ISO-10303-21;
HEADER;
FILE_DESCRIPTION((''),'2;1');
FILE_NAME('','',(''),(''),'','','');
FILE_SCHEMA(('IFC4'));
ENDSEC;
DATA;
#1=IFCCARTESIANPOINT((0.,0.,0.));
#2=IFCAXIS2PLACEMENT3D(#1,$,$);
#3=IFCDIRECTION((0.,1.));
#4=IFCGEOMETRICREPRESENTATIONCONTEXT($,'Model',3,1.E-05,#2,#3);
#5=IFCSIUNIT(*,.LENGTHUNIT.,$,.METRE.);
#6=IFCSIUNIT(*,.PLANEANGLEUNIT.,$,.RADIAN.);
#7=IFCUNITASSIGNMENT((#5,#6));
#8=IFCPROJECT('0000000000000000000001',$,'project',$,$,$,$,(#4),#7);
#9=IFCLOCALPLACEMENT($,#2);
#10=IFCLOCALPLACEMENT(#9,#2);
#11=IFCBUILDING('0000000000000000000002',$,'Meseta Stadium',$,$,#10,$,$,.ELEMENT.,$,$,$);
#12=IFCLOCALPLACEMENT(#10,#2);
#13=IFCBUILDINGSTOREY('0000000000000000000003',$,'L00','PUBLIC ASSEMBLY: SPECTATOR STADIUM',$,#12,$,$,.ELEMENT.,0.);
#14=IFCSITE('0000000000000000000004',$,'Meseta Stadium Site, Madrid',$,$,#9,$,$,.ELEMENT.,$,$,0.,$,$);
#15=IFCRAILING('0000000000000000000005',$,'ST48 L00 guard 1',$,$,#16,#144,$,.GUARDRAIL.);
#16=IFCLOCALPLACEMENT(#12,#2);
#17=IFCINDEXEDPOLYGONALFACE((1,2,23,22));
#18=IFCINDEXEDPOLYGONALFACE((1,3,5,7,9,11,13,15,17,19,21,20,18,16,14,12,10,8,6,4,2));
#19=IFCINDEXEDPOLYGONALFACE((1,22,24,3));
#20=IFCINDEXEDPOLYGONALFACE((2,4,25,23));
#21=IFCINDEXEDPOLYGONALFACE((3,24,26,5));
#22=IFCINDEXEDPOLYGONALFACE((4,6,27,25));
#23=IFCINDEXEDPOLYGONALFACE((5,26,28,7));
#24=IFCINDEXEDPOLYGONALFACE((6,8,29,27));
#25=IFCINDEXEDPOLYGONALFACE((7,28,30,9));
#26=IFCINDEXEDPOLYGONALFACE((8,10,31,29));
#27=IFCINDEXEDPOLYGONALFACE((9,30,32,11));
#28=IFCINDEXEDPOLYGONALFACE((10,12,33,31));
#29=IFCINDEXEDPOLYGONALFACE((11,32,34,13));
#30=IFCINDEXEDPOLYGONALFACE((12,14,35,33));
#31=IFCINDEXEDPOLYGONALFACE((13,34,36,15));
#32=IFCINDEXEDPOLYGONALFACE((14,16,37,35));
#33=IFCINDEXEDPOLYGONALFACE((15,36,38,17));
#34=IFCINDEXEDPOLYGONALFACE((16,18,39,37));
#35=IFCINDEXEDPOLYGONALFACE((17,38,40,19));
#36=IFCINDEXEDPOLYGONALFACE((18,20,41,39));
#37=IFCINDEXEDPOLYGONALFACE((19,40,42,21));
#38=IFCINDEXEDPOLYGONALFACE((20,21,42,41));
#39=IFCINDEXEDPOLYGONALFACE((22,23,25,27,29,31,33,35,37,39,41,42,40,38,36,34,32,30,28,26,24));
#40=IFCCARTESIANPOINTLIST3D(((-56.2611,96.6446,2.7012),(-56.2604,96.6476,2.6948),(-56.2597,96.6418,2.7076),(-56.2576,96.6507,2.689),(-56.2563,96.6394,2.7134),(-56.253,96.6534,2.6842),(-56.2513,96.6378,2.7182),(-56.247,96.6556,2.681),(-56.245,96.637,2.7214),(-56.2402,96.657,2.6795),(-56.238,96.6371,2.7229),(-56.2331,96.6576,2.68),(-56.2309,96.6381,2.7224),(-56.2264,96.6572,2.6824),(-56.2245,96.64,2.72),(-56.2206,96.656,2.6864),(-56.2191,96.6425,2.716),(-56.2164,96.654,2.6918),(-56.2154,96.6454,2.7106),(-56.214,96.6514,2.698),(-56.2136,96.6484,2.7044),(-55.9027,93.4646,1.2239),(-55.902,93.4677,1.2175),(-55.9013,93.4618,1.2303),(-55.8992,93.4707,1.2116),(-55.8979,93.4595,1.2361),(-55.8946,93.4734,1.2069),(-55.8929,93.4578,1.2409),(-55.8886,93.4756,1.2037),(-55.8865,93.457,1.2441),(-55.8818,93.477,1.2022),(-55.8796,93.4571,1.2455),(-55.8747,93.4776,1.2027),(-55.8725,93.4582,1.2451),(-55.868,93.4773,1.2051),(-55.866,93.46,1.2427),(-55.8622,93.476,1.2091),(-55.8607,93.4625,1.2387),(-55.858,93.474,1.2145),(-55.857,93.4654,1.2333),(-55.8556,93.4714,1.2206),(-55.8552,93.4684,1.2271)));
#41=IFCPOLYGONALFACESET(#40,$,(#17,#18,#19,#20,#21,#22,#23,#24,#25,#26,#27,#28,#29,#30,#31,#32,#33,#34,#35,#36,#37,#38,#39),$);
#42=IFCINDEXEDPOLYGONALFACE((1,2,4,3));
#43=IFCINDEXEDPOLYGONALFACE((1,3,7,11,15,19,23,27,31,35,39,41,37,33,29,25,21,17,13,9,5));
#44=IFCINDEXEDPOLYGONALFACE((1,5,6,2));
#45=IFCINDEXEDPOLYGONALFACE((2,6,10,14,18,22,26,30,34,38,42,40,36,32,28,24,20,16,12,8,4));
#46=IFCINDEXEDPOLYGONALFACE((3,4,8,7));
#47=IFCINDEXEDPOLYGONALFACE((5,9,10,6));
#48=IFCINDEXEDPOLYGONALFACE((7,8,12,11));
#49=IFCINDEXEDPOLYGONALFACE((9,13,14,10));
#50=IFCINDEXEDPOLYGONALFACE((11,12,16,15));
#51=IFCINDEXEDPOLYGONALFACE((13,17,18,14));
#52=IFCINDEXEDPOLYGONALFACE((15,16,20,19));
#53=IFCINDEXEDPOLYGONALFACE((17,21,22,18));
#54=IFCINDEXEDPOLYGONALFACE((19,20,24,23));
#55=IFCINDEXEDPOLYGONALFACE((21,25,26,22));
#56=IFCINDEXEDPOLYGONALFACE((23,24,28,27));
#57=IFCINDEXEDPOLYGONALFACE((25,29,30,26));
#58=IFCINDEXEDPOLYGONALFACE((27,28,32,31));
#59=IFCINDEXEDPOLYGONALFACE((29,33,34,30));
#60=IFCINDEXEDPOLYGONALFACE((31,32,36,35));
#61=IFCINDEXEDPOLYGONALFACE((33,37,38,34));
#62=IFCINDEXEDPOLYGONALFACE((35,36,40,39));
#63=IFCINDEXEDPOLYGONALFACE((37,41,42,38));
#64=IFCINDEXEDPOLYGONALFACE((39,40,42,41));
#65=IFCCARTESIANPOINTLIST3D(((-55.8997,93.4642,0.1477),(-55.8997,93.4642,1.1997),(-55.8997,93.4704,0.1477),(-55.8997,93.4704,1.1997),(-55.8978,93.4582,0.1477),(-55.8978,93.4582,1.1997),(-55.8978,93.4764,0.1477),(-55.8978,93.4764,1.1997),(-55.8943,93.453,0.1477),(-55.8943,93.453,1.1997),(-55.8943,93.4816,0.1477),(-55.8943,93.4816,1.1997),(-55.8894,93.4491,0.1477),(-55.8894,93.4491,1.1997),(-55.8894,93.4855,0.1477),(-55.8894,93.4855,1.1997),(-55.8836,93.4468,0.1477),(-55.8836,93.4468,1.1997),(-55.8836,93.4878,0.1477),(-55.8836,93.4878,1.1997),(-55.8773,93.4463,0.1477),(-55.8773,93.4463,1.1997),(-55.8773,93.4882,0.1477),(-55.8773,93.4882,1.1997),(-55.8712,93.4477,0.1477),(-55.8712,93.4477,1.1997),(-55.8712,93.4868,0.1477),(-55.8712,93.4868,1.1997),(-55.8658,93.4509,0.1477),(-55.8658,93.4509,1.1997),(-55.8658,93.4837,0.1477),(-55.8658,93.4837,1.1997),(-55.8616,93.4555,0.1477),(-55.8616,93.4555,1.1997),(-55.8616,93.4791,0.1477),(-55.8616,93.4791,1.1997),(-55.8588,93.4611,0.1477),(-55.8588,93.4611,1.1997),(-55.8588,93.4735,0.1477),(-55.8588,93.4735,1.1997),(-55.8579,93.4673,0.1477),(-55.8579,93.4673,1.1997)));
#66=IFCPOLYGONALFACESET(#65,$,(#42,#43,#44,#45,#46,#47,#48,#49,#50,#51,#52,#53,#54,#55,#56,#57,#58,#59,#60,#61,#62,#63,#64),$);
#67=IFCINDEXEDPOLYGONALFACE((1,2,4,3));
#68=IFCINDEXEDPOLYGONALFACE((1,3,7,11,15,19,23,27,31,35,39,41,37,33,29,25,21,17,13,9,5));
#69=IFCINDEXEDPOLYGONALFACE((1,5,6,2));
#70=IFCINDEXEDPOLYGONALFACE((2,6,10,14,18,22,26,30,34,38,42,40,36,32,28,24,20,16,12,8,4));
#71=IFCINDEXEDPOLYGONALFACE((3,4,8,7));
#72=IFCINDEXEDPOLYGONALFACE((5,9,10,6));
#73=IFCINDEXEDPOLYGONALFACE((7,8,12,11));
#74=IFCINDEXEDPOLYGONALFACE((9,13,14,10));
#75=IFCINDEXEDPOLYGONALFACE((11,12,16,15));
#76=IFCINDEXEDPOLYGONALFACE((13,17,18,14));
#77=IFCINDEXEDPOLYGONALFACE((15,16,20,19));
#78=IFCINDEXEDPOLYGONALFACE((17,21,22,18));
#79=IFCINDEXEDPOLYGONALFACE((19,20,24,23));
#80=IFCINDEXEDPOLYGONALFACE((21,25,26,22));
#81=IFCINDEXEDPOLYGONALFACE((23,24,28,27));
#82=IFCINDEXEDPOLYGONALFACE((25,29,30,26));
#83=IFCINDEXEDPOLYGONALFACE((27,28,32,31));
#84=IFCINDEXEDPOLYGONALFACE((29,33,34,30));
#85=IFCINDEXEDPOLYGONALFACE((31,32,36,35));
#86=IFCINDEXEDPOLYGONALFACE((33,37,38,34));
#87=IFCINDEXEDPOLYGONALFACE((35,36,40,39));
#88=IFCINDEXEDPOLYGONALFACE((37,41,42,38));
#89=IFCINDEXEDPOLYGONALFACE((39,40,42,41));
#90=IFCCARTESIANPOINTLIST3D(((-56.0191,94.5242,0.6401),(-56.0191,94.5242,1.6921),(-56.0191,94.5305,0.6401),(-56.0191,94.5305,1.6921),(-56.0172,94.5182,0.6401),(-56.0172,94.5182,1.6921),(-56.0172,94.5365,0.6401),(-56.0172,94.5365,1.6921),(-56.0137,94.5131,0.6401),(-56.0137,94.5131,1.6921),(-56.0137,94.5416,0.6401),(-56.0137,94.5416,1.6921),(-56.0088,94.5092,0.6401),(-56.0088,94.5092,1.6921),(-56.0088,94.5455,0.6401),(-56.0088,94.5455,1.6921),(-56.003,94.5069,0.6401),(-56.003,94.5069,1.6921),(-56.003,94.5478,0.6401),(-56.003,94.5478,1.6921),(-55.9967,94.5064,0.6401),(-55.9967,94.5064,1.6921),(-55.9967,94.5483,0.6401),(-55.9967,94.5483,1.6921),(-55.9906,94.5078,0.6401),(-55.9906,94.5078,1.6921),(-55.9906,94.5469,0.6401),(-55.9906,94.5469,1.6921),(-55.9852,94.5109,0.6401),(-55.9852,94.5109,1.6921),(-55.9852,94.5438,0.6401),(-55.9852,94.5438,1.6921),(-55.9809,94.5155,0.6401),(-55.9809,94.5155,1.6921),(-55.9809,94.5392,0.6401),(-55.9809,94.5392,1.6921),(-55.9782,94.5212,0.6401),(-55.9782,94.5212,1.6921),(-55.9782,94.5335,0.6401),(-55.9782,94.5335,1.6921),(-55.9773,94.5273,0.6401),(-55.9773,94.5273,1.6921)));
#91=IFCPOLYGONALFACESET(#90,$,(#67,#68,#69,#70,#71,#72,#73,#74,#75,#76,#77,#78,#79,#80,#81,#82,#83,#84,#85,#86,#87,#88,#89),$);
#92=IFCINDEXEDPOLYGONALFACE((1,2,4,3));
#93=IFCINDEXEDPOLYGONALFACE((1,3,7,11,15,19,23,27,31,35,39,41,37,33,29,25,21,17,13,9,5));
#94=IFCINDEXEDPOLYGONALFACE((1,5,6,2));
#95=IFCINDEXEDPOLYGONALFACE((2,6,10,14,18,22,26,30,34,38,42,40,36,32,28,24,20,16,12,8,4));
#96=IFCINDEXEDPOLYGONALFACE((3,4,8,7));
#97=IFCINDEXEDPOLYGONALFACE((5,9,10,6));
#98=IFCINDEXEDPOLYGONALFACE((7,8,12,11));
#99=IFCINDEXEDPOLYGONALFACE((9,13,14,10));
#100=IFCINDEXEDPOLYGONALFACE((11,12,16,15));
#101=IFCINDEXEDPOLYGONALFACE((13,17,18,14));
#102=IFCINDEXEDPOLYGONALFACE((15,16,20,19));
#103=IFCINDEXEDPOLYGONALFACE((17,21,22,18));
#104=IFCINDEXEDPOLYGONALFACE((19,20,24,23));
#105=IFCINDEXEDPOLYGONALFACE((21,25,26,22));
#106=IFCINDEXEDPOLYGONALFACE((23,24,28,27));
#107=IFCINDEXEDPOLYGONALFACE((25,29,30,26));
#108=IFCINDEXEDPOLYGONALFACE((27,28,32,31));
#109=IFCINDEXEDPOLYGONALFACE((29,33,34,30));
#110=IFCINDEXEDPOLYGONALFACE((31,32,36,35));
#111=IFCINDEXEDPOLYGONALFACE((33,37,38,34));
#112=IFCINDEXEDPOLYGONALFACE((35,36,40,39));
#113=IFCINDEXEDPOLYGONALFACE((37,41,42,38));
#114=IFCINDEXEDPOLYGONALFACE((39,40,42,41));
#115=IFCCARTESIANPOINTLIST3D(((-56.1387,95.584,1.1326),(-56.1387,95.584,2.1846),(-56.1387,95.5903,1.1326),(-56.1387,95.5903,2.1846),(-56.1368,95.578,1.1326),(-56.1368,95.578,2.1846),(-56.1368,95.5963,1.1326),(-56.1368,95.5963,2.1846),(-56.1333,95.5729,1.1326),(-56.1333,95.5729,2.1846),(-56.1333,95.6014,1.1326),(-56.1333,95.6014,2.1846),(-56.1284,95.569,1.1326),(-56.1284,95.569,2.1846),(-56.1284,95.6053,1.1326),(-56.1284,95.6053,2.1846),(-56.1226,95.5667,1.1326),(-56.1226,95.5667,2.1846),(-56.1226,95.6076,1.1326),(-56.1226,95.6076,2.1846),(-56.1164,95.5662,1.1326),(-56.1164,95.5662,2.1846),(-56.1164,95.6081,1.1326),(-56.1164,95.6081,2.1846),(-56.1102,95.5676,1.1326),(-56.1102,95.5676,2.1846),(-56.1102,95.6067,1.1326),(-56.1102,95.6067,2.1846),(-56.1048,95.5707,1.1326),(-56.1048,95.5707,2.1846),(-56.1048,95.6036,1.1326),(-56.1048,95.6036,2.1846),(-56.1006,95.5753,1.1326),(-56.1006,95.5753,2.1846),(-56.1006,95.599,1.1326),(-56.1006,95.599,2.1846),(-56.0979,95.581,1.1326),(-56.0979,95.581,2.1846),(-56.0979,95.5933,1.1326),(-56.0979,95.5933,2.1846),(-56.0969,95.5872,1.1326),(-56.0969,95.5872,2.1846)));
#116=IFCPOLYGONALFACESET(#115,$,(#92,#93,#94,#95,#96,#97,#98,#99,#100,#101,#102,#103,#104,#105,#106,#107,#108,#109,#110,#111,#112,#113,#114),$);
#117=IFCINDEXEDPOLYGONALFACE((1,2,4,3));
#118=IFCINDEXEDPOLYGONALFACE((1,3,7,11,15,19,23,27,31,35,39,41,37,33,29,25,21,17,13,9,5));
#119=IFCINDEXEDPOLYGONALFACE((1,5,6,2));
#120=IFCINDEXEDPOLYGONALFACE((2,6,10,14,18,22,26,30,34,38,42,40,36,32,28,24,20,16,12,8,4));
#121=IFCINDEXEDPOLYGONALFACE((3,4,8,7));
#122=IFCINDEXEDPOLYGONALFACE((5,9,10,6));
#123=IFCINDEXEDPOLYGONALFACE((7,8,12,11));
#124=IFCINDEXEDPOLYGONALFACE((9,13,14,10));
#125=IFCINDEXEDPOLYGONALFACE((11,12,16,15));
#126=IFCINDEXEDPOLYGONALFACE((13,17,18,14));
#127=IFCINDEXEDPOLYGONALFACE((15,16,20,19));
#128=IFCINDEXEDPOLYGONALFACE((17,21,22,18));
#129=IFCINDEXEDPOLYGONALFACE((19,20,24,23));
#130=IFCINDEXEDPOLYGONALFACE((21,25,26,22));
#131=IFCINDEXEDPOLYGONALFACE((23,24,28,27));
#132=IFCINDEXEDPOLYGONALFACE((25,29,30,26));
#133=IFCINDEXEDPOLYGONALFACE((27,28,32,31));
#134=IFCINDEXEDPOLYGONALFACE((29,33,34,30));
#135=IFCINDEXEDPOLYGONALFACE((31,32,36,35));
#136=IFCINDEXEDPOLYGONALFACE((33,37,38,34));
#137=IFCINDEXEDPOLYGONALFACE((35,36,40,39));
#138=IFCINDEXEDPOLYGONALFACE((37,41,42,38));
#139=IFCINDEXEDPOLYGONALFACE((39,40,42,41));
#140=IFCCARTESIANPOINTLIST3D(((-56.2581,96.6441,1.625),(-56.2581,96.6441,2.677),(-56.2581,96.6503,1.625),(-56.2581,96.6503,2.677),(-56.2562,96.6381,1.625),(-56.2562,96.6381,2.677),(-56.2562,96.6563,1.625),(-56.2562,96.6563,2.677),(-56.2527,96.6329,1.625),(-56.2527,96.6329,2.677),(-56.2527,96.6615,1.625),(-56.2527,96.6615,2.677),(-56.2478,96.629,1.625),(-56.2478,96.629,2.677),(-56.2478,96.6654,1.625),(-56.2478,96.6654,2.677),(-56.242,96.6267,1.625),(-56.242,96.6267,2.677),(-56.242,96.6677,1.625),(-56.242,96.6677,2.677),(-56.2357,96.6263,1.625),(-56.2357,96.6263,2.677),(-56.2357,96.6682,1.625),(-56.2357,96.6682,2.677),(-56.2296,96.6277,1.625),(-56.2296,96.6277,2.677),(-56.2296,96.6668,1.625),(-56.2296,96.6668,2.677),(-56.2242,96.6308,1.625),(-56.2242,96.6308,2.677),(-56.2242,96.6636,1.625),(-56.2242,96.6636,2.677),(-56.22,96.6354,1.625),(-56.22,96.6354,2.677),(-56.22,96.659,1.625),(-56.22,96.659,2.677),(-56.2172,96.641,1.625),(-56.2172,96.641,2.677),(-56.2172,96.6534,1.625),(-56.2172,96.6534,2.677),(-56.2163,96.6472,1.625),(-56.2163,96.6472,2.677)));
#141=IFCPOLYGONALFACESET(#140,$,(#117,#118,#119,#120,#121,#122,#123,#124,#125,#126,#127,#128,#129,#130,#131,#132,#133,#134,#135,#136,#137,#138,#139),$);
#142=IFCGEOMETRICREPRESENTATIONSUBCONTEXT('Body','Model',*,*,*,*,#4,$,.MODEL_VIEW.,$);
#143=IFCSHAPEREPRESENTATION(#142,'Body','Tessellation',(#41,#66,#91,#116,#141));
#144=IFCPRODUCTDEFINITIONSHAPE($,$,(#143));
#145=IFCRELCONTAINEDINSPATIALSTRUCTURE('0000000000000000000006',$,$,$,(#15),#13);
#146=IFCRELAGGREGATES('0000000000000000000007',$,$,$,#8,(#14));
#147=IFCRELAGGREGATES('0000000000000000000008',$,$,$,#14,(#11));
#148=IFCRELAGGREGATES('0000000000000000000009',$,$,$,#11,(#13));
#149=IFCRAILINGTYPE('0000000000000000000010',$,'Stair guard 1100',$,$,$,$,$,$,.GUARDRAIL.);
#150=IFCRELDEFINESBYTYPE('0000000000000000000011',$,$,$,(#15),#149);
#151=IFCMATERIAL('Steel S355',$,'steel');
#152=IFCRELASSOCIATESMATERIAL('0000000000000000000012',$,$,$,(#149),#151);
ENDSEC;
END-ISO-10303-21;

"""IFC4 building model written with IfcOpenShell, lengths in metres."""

from ifc_helpers import new_model, si_unit, direction, frame, origin, origin_2d, place, context, subcontext, project, spatial, circle, extrude, material, type_object, element, save


model = new_model("IFC4")

# Units and contexts
model_context = context("Model", 3, precision=1e-05, world=origin(), true_north=direction((0.0, 1.0)))
body_context = subcontext(model_context, "Body", "Model", "MODEL_VIEW")
ifc_project = project(units=[si_unit("LENGTHUNIT", "METRE"), si_unit("PLANEANGLEUNIT", "RADIAN")], contexts=[model_context])

# Site, building, storey
site_placement = place(None, origin())
site = spatial("IfcSite", under=ifc_project, at=site_placement, Name="Meseta Stadium Site, Madrid", CompositionType="ELEMENT", RefElevation=0.0)
building_placement = place(site_placement, origin())
building = spatial("IfcBuilding", under=site, at=building_placement, Name="Meseta Stadium", CompositionType="ELEMENT")
storey_placement = place(building_placement, origin())
storey = spatial("IfcBuildingStorey", under=building, at=storey_placement, Name="L00", Description="PUBLIC ASSEMBLY: SPECTATOR STADIUM", CompositionType="ELEMENT", Elevation=0.0)

# Railing
ifc_material_1 = material(Name="Steel S355", Category="steel")
railing_type_1 = type_object("IfcRailingType", Name="Stair guard 1100", PredefinedType="GUARDRAIL", material=ifc_material_1)
railing_1_placement = place(storey_placement, frame((-55.8789, 93.4673, 0.1477)))
element("IfcRailing", 1, at=railing_1_placement, inside=storey, type_object=railing_type_1, Name="ST48 L00 guard 1", PredefinedType="GUARDRAIL", context=body_context, shape_type="SweptSolid", body=[
    extrude(circle(Radius=0.0239, at=origin_2d()), frame((0.0, 0.0, 1.0762), z_axis=(-0.101685, 0.90221, 0.419138), x_axis=(-0.993709, -0.111997, 0.0)), (0.0, 0.0, 1.0), 3.5247),
    extrude(circle(Radius=0.021, at=origin_2d()), origin(), (0.0, 0.0, 1.0), 1.052),
    extrude(circle(Radius=0.021, at=origin_2d()), frame((-0.1194, 1.0601, 0.4924)), (0.0, 0.0, 1.0), 1.052),
    extrude(circle(Radius=0.021, at=origin_2d()), frame((-0.239, 2.1199, 0.9849)), (0.0, 0.0, 1.0), 1.052),
    extrude(circle(Radius=0.021, at=origin_2d()), frame((-0.3584, 3.1799, 1.4773)), (0.0, 0.0, 1.0), 1.052),
])

save(model, "model.ifc")
